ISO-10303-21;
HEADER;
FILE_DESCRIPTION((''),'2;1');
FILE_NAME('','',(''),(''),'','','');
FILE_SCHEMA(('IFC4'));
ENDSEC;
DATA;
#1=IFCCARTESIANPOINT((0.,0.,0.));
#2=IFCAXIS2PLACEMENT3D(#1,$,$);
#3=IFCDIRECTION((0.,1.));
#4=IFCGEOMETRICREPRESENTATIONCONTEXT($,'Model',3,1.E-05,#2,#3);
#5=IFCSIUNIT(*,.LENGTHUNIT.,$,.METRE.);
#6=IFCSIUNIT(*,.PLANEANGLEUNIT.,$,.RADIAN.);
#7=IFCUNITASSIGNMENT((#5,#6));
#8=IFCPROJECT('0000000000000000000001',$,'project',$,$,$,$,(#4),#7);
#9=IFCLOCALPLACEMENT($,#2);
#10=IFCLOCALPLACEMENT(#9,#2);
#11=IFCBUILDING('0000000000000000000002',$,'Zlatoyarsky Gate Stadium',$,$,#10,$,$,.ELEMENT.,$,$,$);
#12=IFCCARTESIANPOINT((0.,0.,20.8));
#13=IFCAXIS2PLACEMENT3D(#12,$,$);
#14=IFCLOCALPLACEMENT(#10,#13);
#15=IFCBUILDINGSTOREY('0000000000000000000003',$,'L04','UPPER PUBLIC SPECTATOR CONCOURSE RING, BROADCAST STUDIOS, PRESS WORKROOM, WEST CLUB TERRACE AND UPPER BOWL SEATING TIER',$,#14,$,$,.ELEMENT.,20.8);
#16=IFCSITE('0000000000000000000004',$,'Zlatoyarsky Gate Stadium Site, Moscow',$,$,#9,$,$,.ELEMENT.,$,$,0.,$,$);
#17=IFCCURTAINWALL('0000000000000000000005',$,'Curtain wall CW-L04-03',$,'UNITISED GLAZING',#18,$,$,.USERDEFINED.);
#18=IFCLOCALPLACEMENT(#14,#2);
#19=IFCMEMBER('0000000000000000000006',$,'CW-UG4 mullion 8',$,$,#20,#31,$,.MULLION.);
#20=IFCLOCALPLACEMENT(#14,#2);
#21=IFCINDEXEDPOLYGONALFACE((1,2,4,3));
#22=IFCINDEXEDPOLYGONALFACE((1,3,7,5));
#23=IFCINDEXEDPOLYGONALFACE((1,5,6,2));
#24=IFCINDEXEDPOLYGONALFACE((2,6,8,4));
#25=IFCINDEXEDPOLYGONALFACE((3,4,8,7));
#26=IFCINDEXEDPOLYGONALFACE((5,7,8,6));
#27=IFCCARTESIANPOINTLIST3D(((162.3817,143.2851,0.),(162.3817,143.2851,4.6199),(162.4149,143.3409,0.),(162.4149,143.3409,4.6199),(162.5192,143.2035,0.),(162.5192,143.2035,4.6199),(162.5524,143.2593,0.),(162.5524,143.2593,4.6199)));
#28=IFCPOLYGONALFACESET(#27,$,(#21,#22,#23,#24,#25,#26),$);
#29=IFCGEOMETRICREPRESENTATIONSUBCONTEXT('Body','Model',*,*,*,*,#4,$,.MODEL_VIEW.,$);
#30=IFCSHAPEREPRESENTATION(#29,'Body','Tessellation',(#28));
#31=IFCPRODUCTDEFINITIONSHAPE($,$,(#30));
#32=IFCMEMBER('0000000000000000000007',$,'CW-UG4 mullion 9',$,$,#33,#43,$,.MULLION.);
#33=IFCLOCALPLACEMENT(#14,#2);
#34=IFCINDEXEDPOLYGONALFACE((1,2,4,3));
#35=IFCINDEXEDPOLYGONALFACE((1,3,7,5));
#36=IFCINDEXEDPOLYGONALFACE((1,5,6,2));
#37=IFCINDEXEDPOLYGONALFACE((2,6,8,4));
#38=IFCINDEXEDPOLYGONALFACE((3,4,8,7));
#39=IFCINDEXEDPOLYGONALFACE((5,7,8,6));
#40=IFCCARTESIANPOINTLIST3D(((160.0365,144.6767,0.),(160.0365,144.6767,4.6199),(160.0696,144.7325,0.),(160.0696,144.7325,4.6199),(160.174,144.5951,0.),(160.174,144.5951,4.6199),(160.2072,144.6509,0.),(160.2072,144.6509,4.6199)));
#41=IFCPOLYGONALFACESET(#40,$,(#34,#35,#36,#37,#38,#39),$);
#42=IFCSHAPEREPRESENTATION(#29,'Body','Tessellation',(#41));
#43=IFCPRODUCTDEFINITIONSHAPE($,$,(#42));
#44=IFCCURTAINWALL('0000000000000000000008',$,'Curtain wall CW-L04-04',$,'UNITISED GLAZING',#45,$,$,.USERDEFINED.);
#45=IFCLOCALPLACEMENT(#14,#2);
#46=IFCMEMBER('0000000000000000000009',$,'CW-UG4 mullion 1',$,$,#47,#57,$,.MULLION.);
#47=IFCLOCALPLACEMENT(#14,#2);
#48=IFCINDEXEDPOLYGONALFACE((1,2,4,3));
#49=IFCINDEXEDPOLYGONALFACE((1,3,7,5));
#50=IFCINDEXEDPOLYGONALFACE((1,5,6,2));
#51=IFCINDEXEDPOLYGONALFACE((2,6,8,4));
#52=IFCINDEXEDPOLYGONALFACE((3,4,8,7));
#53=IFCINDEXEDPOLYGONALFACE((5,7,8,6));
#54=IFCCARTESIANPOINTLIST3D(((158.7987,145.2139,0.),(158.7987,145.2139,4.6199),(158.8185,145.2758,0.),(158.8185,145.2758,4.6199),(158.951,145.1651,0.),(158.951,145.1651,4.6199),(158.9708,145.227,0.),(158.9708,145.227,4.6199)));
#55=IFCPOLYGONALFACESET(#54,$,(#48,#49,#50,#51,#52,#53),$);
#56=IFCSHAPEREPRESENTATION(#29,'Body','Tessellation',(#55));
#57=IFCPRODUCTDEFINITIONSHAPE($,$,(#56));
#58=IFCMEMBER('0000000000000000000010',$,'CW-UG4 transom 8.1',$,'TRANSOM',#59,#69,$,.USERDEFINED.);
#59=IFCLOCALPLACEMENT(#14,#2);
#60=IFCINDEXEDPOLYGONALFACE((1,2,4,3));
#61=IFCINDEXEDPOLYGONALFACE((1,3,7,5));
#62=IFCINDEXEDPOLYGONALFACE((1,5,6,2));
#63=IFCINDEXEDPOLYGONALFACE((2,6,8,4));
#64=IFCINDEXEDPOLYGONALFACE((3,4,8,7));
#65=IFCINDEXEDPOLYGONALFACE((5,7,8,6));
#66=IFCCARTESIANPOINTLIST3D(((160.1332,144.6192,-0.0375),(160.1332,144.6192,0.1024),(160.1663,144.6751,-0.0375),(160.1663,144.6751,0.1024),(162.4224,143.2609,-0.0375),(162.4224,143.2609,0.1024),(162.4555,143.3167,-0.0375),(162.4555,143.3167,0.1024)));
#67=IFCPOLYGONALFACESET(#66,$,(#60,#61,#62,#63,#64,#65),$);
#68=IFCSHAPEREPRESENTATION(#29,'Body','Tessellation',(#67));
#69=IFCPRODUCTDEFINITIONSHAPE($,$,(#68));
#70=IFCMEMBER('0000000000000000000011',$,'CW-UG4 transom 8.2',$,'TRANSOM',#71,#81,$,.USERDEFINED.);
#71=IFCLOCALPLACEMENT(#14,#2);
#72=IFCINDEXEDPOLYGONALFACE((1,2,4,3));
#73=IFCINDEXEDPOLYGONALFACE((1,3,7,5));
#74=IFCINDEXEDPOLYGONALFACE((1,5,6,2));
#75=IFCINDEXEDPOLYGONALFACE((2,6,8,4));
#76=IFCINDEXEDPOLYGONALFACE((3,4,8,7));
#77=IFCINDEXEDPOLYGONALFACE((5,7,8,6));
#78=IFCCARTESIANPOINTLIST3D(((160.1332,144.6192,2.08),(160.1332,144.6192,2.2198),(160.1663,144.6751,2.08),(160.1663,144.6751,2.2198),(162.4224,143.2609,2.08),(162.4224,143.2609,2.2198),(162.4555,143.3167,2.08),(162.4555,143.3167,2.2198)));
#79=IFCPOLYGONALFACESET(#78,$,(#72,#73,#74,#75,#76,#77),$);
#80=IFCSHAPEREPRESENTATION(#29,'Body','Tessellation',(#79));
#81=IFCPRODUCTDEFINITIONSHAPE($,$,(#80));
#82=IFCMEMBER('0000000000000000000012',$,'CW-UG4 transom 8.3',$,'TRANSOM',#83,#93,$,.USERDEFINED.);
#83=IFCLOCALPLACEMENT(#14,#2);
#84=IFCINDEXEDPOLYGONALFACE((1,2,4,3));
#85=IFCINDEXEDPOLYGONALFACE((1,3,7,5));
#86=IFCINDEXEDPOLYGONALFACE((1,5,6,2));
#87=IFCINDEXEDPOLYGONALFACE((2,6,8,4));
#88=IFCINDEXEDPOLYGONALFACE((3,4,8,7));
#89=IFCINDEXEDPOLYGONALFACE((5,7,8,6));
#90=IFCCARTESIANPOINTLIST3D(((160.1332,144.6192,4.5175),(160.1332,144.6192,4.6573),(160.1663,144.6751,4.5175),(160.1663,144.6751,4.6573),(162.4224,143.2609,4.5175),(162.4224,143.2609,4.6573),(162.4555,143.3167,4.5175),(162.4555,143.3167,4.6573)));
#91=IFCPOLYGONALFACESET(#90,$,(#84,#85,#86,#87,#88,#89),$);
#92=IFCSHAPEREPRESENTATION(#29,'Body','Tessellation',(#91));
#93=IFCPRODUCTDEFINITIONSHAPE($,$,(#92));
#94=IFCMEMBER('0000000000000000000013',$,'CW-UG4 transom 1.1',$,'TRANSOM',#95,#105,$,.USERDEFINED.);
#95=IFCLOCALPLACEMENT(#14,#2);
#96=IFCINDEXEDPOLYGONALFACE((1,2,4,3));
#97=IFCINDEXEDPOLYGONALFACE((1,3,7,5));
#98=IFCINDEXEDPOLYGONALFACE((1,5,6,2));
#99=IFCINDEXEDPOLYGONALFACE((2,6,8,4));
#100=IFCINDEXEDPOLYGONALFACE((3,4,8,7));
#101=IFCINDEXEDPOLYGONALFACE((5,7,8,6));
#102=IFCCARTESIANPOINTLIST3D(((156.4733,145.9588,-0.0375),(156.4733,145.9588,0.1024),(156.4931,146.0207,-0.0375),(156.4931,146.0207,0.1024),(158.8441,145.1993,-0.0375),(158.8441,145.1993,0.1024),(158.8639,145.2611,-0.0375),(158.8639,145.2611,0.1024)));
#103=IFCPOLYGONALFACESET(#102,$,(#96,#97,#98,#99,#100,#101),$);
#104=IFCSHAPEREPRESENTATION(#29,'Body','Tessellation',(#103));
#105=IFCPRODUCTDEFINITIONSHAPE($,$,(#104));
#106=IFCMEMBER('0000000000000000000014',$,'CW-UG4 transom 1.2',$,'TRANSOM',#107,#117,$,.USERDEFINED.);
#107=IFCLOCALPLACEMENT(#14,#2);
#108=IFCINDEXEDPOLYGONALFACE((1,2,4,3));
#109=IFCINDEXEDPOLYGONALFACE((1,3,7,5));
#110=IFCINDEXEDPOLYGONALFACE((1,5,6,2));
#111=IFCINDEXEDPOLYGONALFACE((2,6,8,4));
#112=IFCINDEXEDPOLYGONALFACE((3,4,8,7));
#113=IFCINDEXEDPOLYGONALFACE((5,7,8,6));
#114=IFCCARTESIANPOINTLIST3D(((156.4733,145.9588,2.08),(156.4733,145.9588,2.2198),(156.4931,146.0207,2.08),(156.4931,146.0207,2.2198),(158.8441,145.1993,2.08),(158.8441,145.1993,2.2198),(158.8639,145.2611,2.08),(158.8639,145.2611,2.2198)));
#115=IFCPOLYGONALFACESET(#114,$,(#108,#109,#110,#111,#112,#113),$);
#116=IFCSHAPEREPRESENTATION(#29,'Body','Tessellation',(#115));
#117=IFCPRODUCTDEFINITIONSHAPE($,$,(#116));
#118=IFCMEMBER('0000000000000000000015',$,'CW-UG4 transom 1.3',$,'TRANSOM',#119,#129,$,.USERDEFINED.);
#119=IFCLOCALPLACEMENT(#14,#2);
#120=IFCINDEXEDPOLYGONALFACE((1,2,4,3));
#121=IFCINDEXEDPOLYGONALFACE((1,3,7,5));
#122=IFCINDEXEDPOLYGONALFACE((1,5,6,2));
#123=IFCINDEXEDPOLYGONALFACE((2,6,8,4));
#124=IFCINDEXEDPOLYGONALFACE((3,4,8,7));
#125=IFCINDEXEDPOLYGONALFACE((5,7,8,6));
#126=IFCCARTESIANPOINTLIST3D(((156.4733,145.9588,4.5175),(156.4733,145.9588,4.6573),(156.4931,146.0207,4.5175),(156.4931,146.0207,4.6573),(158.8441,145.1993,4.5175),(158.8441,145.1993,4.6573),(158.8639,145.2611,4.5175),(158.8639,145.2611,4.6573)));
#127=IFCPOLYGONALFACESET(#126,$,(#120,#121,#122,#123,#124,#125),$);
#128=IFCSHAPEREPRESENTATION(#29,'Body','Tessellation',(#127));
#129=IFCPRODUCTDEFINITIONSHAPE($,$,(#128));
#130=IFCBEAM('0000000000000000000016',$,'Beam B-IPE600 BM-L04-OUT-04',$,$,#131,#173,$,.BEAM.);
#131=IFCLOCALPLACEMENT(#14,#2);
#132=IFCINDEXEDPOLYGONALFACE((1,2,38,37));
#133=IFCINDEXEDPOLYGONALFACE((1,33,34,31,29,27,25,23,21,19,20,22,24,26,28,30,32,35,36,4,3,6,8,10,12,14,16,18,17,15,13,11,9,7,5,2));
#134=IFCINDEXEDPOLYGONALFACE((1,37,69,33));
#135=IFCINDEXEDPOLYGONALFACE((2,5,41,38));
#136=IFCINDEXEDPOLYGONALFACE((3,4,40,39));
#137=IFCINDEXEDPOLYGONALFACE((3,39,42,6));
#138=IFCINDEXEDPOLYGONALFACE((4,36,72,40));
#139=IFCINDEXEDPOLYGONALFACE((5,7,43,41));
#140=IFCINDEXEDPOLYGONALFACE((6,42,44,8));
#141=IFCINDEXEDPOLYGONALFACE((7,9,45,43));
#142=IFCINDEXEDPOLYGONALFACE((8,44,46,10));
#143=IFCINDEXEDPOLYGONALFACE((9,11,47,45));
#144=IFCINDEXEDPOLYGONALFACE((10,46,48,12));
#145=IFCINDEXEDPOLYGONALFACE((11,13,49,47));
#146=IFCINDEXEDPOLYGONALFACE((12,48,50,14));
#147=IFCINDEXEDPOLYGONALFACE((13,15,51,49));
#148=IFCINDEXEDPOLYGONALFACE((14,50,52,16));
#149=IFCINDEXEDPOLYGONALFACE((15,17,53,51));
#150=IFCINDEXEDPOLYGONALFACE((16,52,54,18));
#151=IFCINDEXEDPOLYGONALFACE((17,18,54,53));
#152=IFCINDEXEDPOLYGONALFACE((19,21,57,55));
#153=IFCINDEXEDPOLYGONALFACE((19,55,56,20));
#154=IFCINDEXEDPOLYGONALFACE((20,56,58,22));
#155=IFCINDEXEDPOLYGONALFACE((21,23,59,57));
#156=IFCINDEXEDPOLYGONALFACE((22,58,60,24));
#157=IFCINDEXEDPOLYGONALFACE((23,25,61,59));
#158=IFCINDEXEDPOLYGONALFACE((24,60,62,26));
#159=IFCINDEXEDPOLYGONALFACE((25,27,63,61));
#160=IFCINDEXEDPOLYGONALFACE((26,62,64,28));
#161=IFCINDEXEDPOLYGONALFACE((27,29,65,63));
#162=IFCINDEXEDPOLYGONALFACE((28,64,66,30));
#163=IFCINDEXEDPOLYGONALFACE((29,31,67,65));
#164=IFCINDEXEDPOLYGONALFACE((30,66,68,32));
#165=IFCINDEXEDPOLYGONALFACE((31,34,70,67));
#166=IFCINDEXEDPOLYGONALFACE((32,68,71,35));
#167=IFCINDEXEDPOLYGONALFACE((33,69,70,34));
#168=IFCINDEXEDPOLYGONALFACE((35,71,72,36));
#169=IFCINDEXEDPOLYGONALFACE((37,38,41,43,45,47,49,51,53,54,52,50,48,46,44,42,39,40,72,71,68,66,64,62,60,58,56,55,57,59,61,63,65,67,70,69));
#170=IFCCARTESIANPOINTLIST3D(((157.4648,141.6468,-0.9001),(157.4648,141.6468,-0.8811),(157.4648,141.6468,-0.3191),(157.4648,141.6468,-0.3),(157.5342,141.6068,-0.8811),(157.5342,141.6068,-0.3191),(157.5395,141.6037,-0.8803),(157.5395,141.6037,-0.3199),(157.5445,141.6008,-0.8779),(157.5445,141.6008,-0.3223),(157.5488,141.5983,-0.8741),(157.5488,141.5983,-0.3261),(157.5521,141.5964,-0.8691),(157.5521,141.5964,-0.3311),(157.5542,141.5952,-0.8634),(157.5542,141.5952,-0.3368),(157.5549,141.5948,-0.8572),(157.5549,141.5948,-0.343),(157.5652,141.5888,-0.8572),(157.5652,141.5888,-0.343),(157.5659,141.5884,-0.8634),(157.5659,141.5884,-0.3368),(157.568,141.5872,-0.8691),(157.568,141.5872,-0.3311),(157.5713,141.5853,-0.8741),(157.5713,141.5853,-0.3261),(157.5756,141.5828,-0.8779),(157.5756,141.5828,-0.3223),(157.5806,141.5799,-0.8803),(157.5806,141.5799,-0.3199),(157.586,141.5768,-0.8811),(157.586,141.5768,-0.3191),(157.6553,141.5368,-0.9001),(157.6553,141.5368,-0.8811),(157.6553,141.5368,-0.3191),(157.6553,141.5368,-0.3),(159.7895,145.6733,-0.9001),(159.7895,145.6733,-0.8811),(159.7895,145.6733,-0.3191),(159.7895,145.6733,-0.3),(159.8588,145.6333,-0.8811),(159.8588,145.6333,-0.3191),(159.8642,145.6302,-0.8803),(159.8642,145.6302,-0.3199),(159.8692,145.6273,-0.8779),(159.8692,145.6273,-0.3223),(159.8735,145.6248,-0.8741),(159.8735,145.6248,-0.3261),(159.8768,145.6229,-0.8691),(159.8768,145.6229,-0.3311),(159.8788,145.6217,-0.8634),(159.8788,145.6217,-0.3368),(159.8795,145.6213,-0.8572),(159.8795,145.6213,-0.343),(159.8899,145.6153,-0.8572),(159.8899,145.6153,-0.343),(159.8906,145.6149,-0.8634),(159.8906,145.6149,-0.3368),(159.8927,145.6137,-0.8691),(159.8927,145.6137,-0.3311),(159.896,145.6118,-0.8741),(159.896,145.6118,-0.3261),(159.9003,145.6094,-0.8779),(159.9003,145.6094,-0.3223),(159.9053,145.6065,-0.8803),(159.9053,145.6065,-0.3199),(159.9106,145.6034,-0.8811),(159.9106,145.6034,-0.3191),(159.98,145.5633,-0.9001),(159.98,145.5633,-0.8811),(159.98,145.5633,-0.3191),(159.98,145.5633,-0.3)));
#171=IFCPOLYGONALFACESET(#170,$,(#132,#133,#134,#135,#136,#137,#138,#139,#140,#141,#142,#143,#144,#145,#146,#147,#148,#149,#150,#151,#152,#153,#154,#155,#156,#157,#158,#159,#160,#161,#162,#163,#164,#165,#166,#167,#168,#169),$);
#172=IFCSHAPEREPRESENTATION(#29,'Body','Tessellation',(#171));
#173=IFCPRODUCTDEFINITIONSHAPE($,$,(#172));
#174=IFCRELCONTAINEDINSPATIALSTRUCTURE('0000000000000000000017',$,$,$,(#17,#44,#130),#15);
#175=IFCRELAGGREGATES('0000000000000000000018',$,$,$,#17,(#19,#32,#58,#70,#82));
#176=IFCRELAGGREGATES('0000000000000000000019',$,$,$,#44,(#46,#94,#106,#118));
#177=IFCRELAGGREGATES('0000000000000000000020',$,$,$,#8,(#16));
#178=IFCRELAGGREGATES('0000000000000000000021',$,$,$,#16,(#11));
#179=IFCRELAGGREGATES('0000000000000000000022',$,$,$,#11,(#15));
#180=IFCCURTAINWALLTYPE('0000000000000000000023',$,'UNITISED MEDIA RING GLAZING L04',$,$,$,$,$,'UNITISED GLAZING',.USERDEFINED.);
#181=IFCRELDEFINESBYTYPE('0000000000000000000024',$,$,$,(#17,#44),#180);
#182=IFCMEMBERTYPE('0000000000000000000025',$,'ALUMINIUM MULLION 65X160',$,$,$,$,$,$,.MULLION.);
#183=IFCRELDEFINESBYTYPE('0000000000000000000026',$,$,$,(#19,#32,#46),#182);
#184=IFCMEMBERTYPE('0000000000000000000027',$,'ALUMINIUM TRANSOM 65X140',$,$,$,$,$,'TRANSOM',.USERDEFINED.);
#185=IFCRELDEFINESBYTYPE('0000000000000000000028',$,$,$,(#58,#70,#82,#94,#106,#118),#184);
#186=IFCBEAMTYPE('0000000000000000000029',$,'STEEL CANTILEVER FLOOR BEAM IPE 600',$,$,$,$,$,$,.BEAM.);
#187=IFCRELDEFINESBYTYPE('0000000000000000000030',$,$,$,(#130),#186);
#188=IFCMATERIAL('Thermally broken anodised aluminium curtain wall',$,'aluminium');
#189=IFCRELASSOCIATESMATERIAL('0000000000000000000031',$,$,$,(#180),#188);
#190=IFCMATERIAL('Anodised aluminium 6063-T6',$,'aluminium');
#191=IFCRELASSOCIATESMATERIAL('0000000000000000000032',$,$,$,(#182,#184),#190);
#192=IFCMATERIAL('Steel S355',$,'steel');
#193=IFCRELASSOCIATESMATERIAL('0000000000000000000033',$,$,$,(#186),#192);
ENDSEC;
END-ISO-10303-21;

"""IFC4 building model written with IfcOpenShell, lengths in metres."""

from ifc_helpers import new_model, si_unit, direction, frame, origin, origin_2d, place, context, subcontext, project, spatial, rectangle, i_section, extrude, material, material_profile, profile_set, type_object, element, aggregate, save


model = new_model("IFC4")

# Units and contexts
model_context = context("Model", 3, precision=1e-05, world=origin(), true_north=direction((0.0, 1.0)))
body_context = subcontext(model_context, "Body", "Model", "MODEL_VIEW")
ifc_project = project(units=[si_unit("LENGTHUNIT", "METRE"), si_unit("PLANEANGLEUNIT", "RADIAN")], contexts=[model_context])

# Site, building, storey
site_placement = place(None, origin())
site = spatial("IfcSite", under=ifc_project, at=site_placement, Name="Zlatoyarsky Gate Stadium Site, Moscow", CompositionType="ELEMENT", RefElevation=0.0)
building_placement = place(site_placement, origin())
building = spatial("IfcBuilding", under=site, at=building_placement, Name="Zlatoyarsky Gate Stadium", CompositionType="ELEMENT")
storey_placement = place(building_placement, frame((0.0, 0.0, 20.8)))
storey = spatial("IfcBuildingStorey", under=building, at=storey_placement, Name="L04", Description="UPPER PUBLIC SPECTATOR CONCOURSE RING, BROADCAST STUDIOS, PRESS WORKROOM, WEST CLUB TERRACE AND UPPER BOWL SEATING TIER", CompositionType="ELEMENT", Elevation=20.8)

# Curtain wall, members
ifc_material_1 = material(Name="Thermally broken anodised aluminium curtain wall", Category="aluminium")
curtain_wall_type = type_object("IfcCurtainWallType", Name="UNITISED MEDIA RING GLAZING L04", ElementType="UNITISED GLAZING", PredefinedType="USERDEFINED", material=ifc_material_1)
curtain_wall_1_placement = place(storey_placement, origin())
curtain_wall_1 = element("IfcCurtainWall", 1, at=curtain_wall_1_placement, inside=storey, type_object=curtain_wall_type, Name="Curtain wall CW-L04-03", ObjectType="UNITISED GLAZING", PredefinedType="USERDEFINED")
ifc_material_2 = material(Name="Anodised aluminium 6063-T6", Category="aluminium")
ifc_material_profile_1 = material_profile(ifc_material_2, rectangle(XDim=0.0649, YDim=0.1599, at=origin_2d()), Name="ALU 65X160")
ifc_profile_set_1 = profile_set([ifc_material_profile_1], Name="Anodised aluminium 6063-T6")
member_type_1 = type_object("IfcMemberType", Name="ALUMINIUM MULLION 65X160", PredefinedType="MULLION", material=ifc_profile_set_1)
member_1_placement = place(storey_placement, frame((162.467, 143.2722, 0.0), z_axis=(0.0, 0.0, 1.0), x_axis=(-0.51033, -0.859978, 0.0)))
member_1 = element("IfcMember", 2, at=member_1_placement, type_object=member_type_1, Name="CW-UG4 mullion 8", PredefinedType="MULLION", context=body_context, shape_type="SweptSolid", body=[
    extrude(rectangle(XDim=0.0649, YDim=0.1599, at=origin_2d()), origin(), (0.0, 0.0, 1.0), 4.6199),
])
member_2_placement = place(storey_placement, frame((160.1218, 144.6638, 0.0), z_axis=(0.0, 0.0, 1.0), x_axis=(-0.51033, -0.859978, 0.0)))
member_2 = element("IfcMember", 3, at=member_2_placement, type_object=member_type_1, Name="CW-UG4 mullion 9", PredefinedType="MULLION", context=body_context, shape_type="SweptSolid", body=[
    extrude(rectangle(XDim=0.0649, YDim=0.1599, at=origin_2d()), origin(), (0.0, 0.0, 1.0), 4.6199),
])

# Curtain wall, member
curtain_wall_2_placement = place(storey_placement, origin())
curtain_wall_2 = element("IfcCurtainWall", 4, at=curtain_wall_2_placement, inside=storey, type_object=curtain_wall_type, Name="Curtain wall CW-L04-04", ObjectType="UNITISED GLAZING", PredefinedType="USERDEFINED")
member_3_placement = place(storey_placement, frame((158.8848, 145.2205, 0.0), z_axis=(0.0, 0.0, 1.0), x_axis=(-0.305066, -0.952331, 0.0)))
member_3 = element("IfcMember", 5, at=member_3_placement, type_object=member_type_1, Name="CW-UG4 mullion 1", PredefinedType="MULLION", context=body_context, shape_type="SweptSolid", body=[
    extrude(rectangle(XDim=0.0649, YDim=0.1599, at=origin_2d()), origin(), (0.0, 0.0, 1.0), 4.6199),
])

# Members
ifc_material_profile_2 = material_profile(ifc_material_2, rectangle(XDim=0.0649, YDim=0.1399, at=origin_2d()), Name="ALU 65X140")
ifc_profile_set_2 = profile_set([ifc_material_profile_2], Name="Anodised aluminium 6063-T6")
member_type_2 = type_object("IfcMemberType", Name="ALUMINIUM TRANSOM 65X140", ElementType="TRANSOM", PredefinedType="USERDEFINED", material=ifc_profile_set_2)
member_4_placement = place(storey_placement, frame((162.439, 143.2888, 0.0325), z_axis=(-0.859999, 0.510295, 0.0), x_axis=(-0.510295, -0.859999, 0.0)))
member_4 = element("IfcMember", 6, at=member_4_placement, type_object=member_type_2, Name="CW-UG4 transom 8.1", ObjectType="TRANSOM", PredefinedType="USERDEFINED", context=body_context, shape_type="SweptSolid", body=[
    extrude(rectangle(XDim=0.0649, YDim=0.1399, at=origin_2d()), origin(), (0.0, 0.0, 1.0), 2.6619),
])
member_5_placement = place(storey_placement, frame((162.439, 143.2888, 2.1499), z_axis=(-0.859999, 0.510295, 0.0), x_axis=(-0.510295, -0.859999, 0.0)))
member_5 = element("IfcMember", 7, at=member_5_placement, type_object=member_type_2, Name="CW-UG4 transom 8.2", ObjectType="TRANSOM", PredefinedType="USERDEFINED", context=body_context, shape_type="SweptSolid", body=[
    extrude(rectangle(XDim=0.0649, YDim=0.1399, at=origin_2d()), origin(), (0.0, 0.0, 1.0), 2.6619),
])
member_6_placement = place(storey_placement, frame((162.439, 143.2888, 4.5874), z_axis=(-0.859999, 0.510295, 0.0), x_axis=(-0.510295, -0.859999, 0.0)))
member_6 = element("IfcMember", 8, at=member_6_placement, type_object=member_type_2, Name="CW-UG4 transom 8.3", ObjectType="TRANSOM", PredefinedType="USERDEFINED", context=body_context, shape_type="SweptSolid", body=[
    extrude(rectangle(XDim=0.0649, YDim=0.1399, at=origin_2d()), origin(), (0.0, 0.0, 1.0), 2.6619),
])
member_7_placement = place(storey_placement, frame((158.854, 145.2302, 0.0325), z_axis=(-0.952325, 0.305085, 0.0), x_axis=(-0.305085, -0.952325, 0.0)))
member_7 = element("IfcMember", 9, at=member_7_placement, type_object=member_type_2, Name="CW-UG4 transom 1.1", ObjectType="TRANSOM", PredefinedType="USERDEFINED", context=body_context, shape_type="SweptSolid", body=[
    extrude(rectangle(XDim=0.0649, YDim=0.1399, at=origin_2d()), origin(), (0.0, 0.0, 1.0), 2.4895),
])
member_8_placement = place(storey_placement, frame((158.854, 145.2302, 2.1499), z_axis=(-0.952325, 0.305085, 0.0), x_axis=(-0.305085, -0.952325, 0.0)))
member_8 = element("IfcMember", 10, at=member_8_placement, type_object=member_type_2, Name="CW-UG4 transom 1.2", ObjectType="TRANSOM", PredefinedType="USERDEFINED", context=body_context, shape_type="SweptSolid", body=[
    extrude(rectangle(XDim=0.0649, YDim=0.1399, at=origin_2d()), origin(), (0.0, 0.0, 1.0), 2.4895),
])
member_9_placement = place(storey_placement, frame((158.854, 145.2302, 4.5874), z_axis=(-0.952325, 0.305085, 0.0), x_axis=(-0.305085, -0.952325, 0.0)))
member_9 = element("IfcMember", 11, at=member_9_placement, type_object=member_type_2, Name="CW-UG4 transom 1.3", ObjectType="TRANSOM", PredefinedType="USERDEFINED", context=body_context, shape_type="SweptSolid", body=[
    extrude(rectangle(XDim=0.0649, YDim=0.1399, at=origin_2d()), origin(), (0.0, 0.0, 1.0), 2.4895),
])

# Beam
ifc_material_3 = material(Name="Steel S355", Category="steel")
ifc_material_profile_3 = material_profile(ifc_material_3, i_section(OverallWidth=0.22, OverallDepth=0.6001, WebThickness=0.012, FlangeThickness=0.019, FilletRadius=0.0239, at=origin_2d()), Name="IPE 600")
ifc_profile_set_3 = profile_set([ifc_material_profile_3], Name="Steel S355")
beam_type_1 = type_object("IfcBeamType", Name="STEEL CANTILEVER FLOOR BEAM IPE 600", PredefinedType="BEAM", material=ifc_profile_set_3)
beam_1_placement = place(storey_placement, frame((157.5601, 141.5918, -0.6001), z_axis=(0.499991, 0.866031, 0.0), x_axis=(-0.866031, 0.499991, 0.0)))
element("IfcBeam", 12, at=beam_1_placement, inside=storey, type_object=beam_type_1, Name="Beam B-IPE600 BM-L04-OUT-04", PredefinedType="BEAM", context=body_context, shape_type="SweptSolid", body=[
    extrude(i_section(OverallWidth=0.22, OverallDepth=0.6001, WebThickness=0.012, FlangeThickness=0.019, FilletRadius=0.0239, at=origin_2d()), origin(), (0.0, 0.0, 1.0), 4.6494),
])

aggregate(curtain_wall_1, [member_1, member_2, member_4, member_5, member_6])
aggregate(curtain_wall_2, [member_3, member_7, member_8, member_9])

save(model, "model.ifc")
